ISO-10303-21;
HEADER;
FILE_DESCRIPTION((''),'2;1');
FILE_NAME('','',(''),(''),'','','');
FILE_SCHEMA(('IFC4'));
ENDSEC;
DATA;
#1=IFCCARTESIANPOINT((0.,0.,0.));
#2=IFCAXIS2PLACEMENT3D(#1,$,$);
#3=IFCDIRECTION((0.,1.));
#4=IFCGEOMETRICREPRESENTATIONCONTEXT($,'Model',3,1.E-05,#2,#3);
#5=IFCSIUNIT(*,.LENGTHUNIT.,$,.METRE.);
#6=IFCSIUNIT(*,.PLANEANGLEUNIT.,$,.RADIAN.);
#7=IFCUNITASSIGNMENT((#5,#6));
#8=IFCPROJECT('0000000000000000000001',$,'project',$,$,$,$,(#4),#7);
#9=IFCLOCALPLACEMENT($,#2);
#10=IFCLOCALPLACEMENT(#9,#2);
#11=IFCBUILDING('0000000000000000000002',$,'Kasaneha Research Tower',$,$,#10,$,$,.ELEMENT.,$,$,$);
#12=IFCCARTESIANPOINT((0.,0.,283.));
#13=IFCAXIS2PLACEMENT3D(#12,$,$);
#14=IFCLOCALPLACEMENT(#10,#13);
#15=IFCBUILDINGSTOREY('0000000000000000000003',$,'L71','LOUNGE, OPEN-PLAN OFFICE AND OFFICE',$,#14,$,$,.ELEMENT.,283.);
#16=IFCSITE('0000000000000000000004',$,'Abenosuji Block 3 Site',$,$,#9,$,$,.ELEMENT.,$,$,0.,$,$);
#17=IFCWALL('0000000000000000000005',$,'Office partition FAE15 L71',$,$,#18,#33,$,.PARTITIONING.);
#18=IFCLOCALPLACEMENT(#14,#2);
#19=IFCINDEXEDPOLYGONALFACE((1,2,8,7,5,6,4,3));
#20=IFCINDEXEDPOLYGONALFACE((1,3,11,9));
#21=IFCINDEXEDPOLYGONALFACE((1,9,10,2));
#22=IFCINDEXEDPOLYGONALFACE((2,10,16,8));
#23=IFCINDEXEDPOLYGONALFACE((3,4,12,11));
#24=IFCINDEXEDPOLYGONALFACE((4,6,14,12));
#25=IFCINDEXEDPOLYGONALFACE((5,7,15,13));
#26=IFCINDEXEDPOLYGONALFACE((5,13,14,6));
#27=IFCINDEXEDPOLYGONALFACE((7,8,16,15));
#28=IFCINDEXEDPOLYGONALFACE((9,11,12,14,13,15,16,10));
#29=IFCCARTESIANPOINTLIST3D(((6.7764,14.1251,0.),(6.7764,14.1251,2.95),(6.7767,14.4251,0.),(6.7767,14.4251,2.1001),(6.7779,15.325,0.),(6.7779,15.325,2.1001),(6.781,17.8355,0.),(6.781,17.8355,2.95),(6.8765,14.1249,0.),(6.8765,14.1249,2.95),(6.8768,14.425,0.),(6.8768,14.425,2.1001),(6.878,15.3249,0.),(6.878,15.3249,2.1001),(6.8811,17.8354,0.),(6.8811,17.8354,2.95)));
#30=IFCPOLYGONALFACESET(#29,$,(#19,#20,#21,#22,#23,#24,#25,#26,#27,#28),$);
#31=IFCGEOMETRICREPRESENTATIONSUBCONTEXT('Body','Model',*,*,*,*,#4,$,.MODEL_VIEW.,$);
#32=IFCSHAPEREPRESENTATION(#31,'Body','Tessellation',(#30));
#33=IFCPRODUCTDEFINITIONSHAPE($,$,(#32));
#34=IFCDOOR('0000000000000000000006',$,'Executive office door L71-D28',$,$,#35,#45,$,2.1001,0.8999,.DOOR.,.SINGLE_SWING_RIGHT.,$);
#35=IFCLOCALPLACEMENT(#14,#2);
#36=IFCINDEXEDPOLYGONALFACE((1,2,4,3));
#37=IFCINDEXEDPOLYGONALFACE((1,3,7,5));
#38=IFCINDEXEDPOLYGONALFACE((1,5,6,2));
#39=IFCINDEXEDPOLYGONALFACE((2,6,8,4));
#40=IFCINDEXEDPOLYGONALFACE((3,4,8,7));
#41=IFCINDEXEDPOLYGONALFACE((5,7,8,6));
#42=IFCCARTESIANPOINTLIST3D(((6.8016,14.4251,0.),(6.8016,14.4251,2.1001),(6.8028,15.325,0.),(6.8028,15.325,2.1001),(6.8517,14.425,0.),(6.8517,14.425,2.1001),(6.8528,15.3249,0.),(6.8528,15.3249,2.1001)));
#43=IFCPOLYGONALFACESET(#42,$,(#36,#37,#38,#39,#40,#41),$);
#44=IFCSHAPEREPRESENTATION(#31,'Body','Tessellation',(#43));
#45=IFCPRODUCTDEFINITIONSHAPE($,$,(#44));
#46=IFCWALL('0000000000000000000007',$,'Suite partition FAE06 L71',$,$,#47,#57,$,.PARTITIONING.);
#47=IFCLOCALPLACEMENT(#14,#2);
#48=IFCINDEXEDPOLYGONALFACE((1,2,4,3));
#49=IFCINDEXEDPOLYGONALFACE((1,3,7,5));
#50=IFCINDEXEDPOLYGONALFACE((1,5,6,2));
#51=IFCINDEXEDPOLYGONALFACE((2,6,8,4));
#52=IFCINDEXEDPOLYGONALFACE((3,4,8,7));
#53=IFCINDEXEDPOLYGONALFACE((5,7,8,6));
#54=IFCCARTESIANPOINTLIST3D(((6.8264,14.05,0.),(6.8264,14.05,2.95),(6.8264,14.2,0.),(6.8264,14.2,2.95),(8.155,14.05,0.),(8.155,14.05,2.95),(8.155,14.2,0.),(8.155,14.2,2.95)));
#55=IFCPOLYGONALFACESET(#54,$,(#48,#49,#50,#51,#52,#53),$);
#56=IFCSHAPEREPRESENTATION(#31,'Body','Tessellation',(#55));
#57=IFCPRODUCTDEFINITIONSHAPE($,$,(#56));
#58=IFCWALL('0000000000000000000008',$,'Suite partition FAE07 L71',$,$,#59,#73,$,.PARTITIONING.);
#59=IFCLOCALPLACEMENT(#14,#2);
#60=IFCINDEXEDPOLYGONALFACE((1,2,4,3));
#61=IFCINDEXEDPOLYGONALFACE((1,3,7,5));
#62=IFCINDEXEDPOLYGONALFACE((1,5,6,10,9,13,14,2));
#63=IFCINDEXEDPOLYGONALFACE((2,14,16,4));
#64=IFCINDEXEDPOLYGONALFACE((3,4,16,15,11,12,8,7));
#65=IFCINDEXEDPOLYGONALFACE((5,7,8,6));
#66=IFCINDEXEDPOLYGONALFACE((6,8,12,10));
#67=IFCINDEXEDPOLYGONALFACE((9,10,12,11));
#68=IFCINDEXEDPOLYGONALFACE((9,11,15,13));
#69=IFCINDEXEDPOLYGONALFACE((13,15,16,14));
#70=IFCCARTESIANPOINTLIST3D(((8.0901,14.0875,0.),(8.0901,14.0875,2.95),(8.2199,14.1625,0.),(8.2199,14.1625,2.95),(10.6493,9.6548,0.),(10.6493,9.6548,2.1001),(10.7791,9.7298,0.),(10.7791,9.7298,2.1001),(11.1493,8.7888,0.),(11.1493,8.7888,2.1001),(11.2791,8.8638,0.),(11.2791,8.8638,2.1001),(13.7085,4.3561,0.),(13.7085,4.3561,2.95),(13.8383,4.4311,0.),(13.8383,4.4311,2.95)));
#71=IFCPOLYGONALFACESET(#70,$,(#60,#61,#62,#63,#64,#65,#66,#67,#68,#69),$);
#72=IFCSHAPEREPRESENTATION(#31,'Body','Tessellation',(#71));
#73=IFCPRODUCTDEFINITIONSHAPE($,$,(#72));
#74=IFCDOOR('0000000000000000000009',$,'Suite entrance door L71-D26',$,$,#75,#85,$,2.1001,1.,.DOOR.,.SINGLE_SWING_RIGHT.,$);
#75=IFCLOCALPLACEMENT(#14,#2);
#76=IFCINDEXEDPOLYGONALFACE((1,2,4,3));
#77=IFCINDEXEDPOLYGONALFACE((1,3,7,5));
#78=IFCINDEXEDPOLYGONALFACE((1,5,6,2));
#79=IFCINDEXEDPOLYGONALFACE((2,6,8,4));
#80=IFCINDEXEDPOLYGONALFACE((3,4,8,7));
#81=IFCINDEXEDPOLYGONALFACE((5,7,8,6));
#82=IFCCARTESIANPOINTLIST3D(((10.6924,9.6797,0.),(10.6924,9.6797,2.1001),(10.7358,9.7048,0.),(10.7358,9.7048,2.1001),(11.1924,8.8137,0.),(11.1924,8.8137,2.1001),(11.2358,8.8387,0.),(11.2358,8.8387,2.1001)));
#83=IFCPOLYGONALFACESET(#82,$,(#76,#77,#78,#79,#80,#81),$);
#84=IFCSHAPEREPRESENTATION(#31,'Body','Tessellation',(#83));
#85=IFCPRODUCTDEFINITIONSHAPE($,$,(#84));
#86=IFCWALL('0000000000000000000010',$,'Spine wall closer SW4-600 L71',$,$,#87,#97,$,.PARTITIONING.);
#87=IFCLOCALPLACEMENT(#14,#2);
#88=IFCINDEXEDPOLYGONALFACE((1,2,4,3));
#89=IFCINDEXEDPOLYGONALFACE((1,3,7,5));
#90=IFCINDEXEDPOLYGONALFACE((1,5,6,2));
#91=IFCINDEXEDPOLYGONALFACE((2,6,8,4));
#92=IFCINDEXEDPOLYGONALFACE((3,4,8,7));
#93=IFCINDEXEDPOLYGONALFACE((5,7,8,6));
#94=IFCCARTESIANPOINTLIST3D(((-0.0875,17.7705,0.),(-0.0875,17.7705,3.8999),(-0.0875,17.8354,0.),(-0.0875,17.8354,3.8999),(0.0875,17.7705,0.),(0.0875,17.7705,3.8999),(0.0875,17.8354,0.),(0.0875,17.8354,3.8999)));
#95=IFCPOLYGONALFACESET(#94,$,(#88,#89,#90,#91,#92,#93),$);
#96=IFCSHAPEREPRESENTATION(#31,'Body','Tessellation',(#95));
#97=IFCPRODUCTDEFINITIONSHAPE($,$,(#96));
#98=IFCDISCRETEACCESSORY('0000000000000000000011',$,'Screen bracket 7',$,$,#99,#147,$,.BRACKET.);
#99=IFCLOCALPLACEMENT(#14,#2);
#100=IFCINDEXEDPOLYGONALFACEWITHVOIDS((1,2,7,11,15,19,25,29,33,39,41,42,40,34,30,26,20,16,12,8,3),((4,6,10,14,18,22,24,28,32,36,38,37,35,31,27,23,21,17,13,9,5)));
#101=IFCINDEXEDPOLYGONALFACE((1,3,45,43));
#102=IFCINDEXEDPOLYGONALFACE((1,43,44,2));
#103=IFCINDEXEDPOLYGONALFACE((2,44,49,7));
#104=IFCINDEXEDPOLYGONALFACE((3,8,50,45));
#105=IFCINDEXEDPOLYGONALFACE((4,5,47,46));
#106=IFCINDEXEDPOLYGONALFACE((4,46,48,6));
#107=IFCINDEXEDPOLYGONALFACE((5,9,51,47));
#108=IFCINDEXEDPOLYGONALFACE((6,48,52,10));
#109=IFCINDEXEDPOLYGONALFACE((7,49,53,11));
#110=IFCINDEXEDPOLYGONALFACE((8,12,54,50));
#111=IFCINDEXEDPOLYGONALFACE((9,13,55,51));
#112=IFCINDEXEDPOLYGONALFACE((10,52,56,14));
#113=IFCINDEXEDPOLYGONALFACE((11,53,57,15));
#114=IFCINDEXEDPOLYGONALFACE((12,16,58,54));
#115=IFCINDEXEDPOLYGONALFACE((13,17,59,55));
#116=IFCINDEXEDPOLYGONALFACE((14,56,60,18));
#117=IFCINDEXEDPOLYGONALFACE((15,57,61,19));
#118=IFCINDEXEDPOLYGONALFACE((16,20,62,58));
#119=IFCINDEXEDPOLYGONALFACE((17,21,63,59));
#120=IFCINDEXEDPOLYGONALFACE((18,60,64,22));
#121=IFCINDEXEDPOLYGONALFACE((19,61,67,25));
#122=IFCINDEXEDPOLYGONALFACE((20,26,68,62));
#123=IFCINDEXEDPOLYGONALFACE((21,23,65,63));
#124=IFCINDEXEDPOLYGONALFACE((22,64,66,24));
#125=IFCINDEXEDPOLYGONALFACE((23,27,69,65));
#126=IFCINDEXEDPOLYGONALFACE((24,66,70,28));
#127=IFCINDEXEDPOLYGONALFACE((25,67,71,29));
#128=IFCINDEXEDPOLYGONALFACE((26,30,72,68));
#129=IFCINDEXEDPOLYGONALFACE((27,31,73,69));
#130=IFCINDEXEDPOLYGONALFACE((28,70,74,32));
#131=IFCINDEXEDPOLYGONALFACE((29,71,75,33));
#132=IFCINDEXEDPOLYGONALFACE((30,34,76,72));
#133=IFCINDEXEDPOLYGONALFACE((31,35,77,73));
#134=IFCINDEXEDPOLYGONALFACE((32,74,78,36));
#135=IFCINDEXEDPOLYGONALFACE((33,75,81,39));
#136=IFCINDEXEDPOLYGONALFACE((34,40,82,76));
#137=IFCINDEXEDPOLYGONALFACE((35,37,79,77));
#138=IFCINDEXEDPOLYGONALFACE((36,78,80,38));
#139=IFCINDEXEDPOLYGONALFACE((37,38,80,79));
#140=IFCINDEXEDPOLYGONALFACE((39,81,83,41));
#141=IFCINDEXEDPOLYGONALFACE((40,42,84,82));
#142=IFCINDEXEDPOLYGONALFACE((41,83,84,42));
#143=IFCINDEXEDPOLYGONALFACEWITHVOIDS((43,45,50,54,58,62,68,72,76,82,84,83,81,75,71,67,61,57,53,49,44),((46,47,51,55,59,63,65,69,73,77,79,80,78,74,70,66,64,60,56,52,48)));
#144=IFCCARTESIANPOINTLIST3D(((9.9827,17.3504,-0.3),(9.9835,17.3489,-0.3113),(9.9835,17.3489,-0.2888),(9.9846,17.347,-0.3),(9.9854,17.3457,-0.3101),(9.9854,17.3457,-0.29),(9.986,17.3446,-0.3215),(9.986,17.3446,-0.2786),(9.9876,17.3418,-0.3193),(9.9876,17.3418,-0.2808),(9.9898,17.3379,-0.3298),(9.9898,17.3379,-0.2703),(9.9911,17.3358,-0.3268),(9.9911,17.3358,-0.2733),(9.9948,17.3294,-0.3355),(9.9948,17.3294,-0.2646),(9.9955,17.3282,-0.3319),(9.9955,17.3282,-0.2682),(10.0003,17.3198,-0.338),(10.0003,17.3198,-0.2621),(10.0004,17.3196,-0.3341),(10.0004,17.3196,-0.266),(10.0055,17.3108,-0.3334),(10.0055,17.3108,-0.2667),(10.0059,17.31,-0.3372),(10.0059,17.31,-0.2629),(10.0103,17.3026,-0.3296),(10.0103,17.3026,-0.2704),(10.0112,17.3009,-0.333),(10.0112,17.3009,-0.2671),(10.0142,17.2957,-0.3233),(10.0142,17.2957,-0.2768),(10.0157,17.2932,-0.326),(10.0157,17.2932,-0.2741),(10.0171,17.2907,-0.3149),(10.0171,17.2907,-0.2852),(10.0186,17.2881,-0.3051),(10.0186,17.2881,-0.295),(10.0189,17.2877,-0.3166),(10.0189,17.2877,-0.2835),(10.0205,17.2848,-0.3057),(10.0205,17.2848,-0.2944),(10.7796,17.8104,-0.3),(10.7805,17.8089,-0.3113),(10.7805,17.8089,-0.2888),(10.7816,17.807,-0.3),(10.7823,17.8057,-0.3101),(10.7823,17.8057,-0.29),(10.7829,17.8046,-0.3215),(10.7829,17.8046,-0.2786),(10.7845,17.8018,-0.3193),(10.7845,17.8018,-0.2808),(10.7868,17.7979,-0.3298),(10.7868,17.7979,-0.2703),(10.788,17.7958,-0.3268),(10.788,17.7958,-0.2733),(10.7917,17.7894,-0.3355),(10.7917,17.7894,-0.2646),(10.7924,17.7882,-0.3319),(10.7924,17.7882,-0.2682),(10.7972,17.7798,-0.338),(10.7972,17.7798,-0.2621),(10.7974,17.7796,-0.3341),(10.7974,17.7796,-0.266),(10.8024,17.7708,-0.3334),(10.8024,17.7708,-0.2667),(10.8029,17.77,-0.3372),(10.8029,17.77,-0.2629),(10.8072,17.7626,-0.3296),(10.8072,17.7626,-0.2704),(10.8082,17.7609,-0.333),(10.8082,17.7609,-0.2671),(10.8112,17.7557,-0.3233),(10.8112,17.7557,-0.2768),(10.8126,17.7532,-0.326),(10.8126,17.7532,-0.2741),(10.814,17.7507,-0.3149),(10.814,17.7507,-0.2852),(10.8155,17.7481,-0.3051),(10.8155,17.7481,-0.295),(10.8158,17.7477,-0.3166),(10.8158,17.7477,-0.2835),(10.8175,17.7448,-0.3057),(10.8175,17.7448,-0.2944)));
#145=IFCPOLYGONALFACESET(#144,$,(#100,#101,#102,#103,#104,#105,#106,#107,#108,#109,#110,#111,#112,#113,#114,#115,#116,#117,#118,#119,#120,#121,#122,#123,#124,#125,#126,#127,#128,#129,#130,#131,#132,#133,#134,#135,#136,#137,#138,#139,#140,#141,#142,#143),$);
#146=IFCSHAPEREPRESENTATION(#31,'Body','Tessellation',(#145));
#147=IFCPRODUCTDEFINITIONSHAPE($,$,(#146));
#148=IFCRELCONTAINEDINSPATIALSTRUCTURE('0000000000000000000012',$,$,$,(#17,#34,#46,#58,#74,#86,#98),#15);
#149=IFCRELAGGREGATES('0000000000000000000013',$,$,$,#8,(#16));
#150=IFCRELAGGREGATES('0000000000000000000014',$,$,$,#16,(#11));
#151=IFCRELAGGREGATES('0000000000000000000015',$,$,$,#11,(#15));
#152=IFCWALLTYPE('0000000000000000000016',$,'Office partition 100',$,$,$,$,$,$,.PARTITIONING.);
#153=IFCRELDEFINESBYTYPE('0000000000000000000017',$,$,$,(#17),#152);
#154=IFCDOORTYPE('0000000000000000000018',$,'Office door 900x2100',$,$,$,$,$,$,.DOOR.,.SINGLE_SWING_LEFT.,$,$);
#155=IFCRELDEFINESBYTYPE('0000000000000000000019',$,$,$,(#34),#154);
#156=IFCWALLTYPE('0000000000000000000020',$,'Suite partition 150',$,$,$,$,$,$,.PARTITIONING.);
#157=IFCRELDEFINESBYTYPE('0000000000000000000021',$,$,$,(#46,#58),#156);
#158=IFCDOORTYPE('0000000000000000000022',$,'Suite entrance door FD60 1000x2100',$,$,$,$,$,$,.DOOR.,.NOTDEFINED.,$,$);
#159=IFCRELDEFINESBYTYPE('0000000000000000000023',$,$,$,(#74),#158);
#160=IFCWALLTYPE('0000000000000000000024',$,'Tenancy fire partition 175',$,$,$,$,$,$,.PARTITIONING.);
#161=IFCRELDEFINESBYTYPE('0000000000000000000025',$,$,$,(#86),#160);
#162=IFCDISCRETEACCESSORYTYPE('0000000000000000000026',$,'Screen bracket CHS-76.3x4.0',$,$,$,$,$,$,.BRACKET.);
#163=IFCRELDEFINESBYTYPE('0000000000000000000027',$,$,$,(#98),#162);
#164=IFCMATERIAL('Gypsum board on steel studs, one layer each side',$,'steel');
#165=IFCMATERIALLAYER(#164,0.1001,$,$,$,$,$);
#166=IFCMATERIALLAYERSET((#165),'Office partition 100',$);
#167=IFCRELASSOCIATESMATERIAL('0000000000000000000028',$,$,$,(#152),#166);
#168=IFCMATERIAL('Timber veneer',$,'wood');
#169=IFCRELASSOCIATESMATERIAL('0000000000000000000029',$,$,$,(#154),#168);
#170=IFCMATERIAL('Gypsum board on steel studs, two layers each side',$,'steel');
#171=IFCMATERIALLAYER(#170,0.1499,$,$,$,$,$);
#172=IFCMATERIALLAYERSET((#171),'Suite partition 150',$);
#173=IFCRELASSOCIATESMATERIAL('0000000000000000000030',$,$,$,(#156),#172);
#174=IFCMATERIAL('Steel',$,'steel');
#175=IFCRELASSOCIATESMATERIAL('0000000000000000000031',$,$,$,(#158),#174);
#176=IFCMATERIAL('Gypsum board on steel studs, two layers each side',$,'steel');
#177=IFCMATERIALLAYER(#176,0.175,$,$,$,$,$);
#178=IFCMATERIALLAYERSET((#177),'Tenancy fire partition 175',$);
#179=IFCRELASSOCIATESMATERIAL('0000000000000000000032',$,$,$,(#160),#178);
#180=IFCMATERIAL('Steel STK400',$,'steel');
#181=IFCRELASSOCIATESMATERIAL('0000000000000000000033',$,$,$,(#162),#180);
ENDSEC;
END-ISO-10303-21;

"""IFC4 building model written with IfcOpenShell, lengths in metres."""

from ifc_helpers import new_model, si_unit, direction, frame, frame_2d, origin, origin_2d, place, context, subcontext, project, spatial, rectangle, hollow_circle, extrude, material, layer, layer_set, material_profile, profile_set, type_object, element, fill, save


model = new_model("IFC4")

# Units and contexts
model_context = context("Model", 3, precision=1e-05, world=origin(), true_north=direction((0.0, 1.0)))
body_context = subcontext(model_context, "Body", "Model", "MODEL_VIEW")
ifc_project = project(units=[si_unit("LENGTHUNIT", "METRE"), si_unit("PLANEANGLEUNIT", "RADIAN")], contexts=[model_context])

# Site, building, storey
site_placement = place(None, origin())
site = spatial("IfcSite", under=ifc_project, at=site_placement, Name="Abenosuji Block 3 Site", CompositionType="ELEMENT", RefElevation=0.0)
building_placement = place(site_placement, origin())
building = spatial("IfcBuilding", under=site, at=building_placement, Name="Kasaneha Research Tower", CompositionType="ELEMENT")
storey_placement = place(building_placement, frame((0.0, 0.0, 283.0)))
storey = spatial("IfcBuildingStorey", under=building, at=storey_placement, Name="L71", Description="LOUNGE, OPEN-PLAN OFFICE AND OFFICE", CompositionType="ELEMENT", Elevation=283.0)

# Shared definitions
ifc_material_1 = material(Name="Gypsum board on steel studs, one layer each side", Category="steel")
ifc_layer_1 = layer(ifc_material_1, 0.1001)
ifc_layer_set_1 = layer_set([ifc_layer_1], Name="Office partition 100")
wall_type_1 = type_object("IfcWallType", Name="Office partition 100", PredefinedType="PARTITIONING", material=ifc_layer_set_1)

# Wall, opening, door
wall_1_placement = place(storey_placement, frame((6.8311, 17.8354, 0.0), z_axis=(0.0, 0.0, 1.0), x_axis=(-0.00125, -0.999999, 0.0)))
wall_1 = element("IfcWall", 1, at=wall_1_placement, inside=storey, type_object=wall_type_1, Name="Office partition FAE15 L71", PredefinedType="PARTITIONING", context=body_context, shape_type="SweptSolid", body=[
    extrude(rectangle(XDim=3.7104, YDim=0.1001, at=frame_2d((1.8552, 0.0))), origin(), (0.0, 0.0, 1.0), 2.95),
])
opening_1_placement = place(wall_1_placement, frame((2.5105, 0.0, 0.0)))
opening_1 = element("IfcOpeningElement", 2, at=opening_1_placement, cuts=wall_1, PredefinedType="OPENING", context=body_context, shape_type="SweptSolid", body=[
    extrude(rectangle(XDim=0.8999, YDim=2.1001, at=frame_2d((0.45, 1.05))), frame((0.0, 0.0601, 0.0), z_axis=(0.0, -1.0, 0.0), x_axis=(1.0, 0.0, 0.0)), (0.0, 0.0, 1.0), 0.1201),
])
ifc_material_2 = material(Name="Timber veneer", Category="wood")
door_type_1 = type_object("IfcDoorType", Name="Office door 900x2100", OperationType="SINGLE_SWING_LEFT", PredefinedType="DOOR", material=ifc_material_2)
door_1_placement = place(opening_1_placement, origin())
door_1 = element("IfcDoor", 3, at=door_1_placement, inside=storey, type_object=door_type_1, Name="Executive office door L71-D28", OperationType="SINGLE_SWING_RIGHT", OverallHeight=2.1001, OverallWidth=0.8999, PredefinedType="DOOR", context=body_context, shape_type="SweptSolid", body=[
    extrude(rectangle(XDim=0.8999, YDim=2.1001, at=frame_2d((0.45, 1.05))), frame((0.0, 0.0249, 0.0), z_axis=(0.0, -1.0, 0.0), x_axis=(1.0, 0.0, 0.0)), (0.0, 0.0, 1.0), 0.05),
])
fill(opening_1, door_1)

# Wall
ifc_material_3 = material(Name="Gypsum board on steel studs, two layers each side", Category="steel")
ifc_layer_2 = layer(ifc_material_3, 0.1499)
ifc_layer_set_2 = layer_set([ifc_layer_2], Name="Suite partition 150")
wall_type_2 = type_object("IfcWallType", Name="Suite partition 150", PredefinedType="PARTITIONING", material=ifc_layer_set_2)
wall_2_placement = place(storey_placement, frame((6.8264, 14.125, 0.0), z_axis=(0.0, 0.0, 1.0), x_axis=(1.0, 0.0, 0.0)))
element("IfcWall", 4, at=wall_2_placement, inside=storey, type_object=wall_type_2, Name="Suite partition FAE06 L71", PredefinedType="PARTITIONING", context=body_context, shape_type="SweptSolid", body=[
    extrude(rectangle(XDim=1.3286, YDim=0.1499, at=frame_2d((0.6643, 0.0))), origin(), (0.0, 0.0, 1.0), 2.95),
])

# Wall, opening, door
wall_3_placement = place(storey_placement, frame((8.155, 14.125, 0.0), z_axis=(0.0, 0.0, 1.0), x_axis=(0.499997, -0.866027, 0.0)))
wall_3 = element("IfcWall", 5, at=wall_3_placement, inside=storey, type_object=wall_type_2, Name="Suite partition FAE07 L71", PredefinedType="PARTITIONING", context=body_context, shape_type="SweptSolid", body=[
    extrude(rectangle(XDim=11.2368, YDim=0.1499, at=frame_2d((5.6184, 0.0))), origin(), (0.0, 0.0, 1.0), 2.95),
])
opening_2_placement = place(wall_3_placement, frame((5.1184, 0.0, 0.0)))
opening_2 = element("IfcOpeningElement", 6, at=opening_2_placement, cuts=wall_3, PredefinedType="OPENING", context=body_context, shape_type="SweptSolid", body=[
    extrude(rectangle(XDim=1.0, YDim=2.1001, at=frame_2d((0.5, 1.05))), frame((0.0, 0.085, 0.0), z_axis=(0.0, -1.0, 0.0), x_axis=(1.0, 0.0, 0.0)), (0.0, 0.0, 1.0), 0.1699),
])
ifc_material_4 = material(Name="Steel", Category="steel")
door_type_2 = type_object("IfcDoorType", Name="Suite entrance door FD60 1000x2100", OperationType="NOTDEFINED", PredefinedType="DOOR", material=ifc_material_4)
door_2_placement = place(opening_2_placement, origin())
door_2 = element("IfcDoor", 7, at=door_2_placement, inside=storey, type_object=door_type_2, Name="Suite entrance door L71-D26", OperationType="SINGLE_SWING_RIGHT", OverallHeight=2.1001, OverallWidth=1.0, PredefinedType="DOOR", context=body_context, shape_type="SweptSolid", body=[
    extrude(rectangle(XDim=1.0, YDim=2.1001, at=frame_2d((0.5, 1.05))), frame((0.0, 0.0249, 0.0), z_axis=(0.0, -1.0, 0.0), x_axis=(1.0, 0.0, 0.0)), (0.0, 0.0, 1.0), 0.05),
])
fill(opening_2, door_2)

# Wall
ifc_material_5 = material(Name="Gypsum board on steel studs, two layers each side", Category="steel")
ifc_layer_3 = layer(ifc_material_5, 0.175)
ifc_layer_set_3 = layer_set([ifc_layer_3], Name="Tenancy fire partition 175")
wall_type_3 = type_object("IfcWallType", Name="Tenancy fire partition 175", PredefinedType="PARTITIONING", material=ifc_layer_set_3)
wall_4_placement = place(storey_placement, frame((0.0, 17.7705, 0.0), z_axis=(0.0, 0.0, 1.0), x_axis=(0.0, 1.0, 0.0)))
element("IfcWall", 8, at=wall_4_placement, inside=storey, type_object=wall_type_3, Name="Spine wall closer SW4-600 L71", PredefinedType="PARTITIONING", context=body_context, shape_type="SweptSolid", body=[
    extrude(rectangle(XDim=0.0649, YDim=0.175, at=frame_2d((0.0325, 0.0))), origin(), (0.0, 0.0, 1.0), 3.8999),
])

# Discrete accessory
ifc_material_6 = material(Name="Steel STK400", Category="steel")
ifc_material_profile_1 = material_profile(ifc_material_6, hollow_circle(Radius=0.0381, WallThickness=0.0039, at=origin_2d()), Name="CHS-76.3x4.0")
ifc_profile_set_1 = profile_set([ifc_material_profile_1], Name="Steel STK400")
discrete_accessory_type = type_object("IfcDiscreteAccessoryType", Name="Screen bracket CHS-76.3x4.0", PredefinedType="BRACKET", material=ifc_profile_set_1)
discrete_accessory_placement = place(storey_placement, frame((10.0017, 17.3174, -0.3), z_axis=(0.86608, 0.499906, 0.0), x_axis=(-0.499906, 0.86608, 0.0)))
element("IfcDiscreteAccessory", 9, at=discrete_accessory_placement, inside=storey, type_object=discrete_accessory_type, Name="Screen bracket 7", PredefinedType="BRACKET", context=body_context, shape_type="SweptSolid", body=[
    extrude(hollow_circle(Radius=0.0381, WallThickness=0.0039, at=origin_2d()), origin(), (0.0, 0.0, 1.0), 0.9202),
])

save(model, "model.ifc")
